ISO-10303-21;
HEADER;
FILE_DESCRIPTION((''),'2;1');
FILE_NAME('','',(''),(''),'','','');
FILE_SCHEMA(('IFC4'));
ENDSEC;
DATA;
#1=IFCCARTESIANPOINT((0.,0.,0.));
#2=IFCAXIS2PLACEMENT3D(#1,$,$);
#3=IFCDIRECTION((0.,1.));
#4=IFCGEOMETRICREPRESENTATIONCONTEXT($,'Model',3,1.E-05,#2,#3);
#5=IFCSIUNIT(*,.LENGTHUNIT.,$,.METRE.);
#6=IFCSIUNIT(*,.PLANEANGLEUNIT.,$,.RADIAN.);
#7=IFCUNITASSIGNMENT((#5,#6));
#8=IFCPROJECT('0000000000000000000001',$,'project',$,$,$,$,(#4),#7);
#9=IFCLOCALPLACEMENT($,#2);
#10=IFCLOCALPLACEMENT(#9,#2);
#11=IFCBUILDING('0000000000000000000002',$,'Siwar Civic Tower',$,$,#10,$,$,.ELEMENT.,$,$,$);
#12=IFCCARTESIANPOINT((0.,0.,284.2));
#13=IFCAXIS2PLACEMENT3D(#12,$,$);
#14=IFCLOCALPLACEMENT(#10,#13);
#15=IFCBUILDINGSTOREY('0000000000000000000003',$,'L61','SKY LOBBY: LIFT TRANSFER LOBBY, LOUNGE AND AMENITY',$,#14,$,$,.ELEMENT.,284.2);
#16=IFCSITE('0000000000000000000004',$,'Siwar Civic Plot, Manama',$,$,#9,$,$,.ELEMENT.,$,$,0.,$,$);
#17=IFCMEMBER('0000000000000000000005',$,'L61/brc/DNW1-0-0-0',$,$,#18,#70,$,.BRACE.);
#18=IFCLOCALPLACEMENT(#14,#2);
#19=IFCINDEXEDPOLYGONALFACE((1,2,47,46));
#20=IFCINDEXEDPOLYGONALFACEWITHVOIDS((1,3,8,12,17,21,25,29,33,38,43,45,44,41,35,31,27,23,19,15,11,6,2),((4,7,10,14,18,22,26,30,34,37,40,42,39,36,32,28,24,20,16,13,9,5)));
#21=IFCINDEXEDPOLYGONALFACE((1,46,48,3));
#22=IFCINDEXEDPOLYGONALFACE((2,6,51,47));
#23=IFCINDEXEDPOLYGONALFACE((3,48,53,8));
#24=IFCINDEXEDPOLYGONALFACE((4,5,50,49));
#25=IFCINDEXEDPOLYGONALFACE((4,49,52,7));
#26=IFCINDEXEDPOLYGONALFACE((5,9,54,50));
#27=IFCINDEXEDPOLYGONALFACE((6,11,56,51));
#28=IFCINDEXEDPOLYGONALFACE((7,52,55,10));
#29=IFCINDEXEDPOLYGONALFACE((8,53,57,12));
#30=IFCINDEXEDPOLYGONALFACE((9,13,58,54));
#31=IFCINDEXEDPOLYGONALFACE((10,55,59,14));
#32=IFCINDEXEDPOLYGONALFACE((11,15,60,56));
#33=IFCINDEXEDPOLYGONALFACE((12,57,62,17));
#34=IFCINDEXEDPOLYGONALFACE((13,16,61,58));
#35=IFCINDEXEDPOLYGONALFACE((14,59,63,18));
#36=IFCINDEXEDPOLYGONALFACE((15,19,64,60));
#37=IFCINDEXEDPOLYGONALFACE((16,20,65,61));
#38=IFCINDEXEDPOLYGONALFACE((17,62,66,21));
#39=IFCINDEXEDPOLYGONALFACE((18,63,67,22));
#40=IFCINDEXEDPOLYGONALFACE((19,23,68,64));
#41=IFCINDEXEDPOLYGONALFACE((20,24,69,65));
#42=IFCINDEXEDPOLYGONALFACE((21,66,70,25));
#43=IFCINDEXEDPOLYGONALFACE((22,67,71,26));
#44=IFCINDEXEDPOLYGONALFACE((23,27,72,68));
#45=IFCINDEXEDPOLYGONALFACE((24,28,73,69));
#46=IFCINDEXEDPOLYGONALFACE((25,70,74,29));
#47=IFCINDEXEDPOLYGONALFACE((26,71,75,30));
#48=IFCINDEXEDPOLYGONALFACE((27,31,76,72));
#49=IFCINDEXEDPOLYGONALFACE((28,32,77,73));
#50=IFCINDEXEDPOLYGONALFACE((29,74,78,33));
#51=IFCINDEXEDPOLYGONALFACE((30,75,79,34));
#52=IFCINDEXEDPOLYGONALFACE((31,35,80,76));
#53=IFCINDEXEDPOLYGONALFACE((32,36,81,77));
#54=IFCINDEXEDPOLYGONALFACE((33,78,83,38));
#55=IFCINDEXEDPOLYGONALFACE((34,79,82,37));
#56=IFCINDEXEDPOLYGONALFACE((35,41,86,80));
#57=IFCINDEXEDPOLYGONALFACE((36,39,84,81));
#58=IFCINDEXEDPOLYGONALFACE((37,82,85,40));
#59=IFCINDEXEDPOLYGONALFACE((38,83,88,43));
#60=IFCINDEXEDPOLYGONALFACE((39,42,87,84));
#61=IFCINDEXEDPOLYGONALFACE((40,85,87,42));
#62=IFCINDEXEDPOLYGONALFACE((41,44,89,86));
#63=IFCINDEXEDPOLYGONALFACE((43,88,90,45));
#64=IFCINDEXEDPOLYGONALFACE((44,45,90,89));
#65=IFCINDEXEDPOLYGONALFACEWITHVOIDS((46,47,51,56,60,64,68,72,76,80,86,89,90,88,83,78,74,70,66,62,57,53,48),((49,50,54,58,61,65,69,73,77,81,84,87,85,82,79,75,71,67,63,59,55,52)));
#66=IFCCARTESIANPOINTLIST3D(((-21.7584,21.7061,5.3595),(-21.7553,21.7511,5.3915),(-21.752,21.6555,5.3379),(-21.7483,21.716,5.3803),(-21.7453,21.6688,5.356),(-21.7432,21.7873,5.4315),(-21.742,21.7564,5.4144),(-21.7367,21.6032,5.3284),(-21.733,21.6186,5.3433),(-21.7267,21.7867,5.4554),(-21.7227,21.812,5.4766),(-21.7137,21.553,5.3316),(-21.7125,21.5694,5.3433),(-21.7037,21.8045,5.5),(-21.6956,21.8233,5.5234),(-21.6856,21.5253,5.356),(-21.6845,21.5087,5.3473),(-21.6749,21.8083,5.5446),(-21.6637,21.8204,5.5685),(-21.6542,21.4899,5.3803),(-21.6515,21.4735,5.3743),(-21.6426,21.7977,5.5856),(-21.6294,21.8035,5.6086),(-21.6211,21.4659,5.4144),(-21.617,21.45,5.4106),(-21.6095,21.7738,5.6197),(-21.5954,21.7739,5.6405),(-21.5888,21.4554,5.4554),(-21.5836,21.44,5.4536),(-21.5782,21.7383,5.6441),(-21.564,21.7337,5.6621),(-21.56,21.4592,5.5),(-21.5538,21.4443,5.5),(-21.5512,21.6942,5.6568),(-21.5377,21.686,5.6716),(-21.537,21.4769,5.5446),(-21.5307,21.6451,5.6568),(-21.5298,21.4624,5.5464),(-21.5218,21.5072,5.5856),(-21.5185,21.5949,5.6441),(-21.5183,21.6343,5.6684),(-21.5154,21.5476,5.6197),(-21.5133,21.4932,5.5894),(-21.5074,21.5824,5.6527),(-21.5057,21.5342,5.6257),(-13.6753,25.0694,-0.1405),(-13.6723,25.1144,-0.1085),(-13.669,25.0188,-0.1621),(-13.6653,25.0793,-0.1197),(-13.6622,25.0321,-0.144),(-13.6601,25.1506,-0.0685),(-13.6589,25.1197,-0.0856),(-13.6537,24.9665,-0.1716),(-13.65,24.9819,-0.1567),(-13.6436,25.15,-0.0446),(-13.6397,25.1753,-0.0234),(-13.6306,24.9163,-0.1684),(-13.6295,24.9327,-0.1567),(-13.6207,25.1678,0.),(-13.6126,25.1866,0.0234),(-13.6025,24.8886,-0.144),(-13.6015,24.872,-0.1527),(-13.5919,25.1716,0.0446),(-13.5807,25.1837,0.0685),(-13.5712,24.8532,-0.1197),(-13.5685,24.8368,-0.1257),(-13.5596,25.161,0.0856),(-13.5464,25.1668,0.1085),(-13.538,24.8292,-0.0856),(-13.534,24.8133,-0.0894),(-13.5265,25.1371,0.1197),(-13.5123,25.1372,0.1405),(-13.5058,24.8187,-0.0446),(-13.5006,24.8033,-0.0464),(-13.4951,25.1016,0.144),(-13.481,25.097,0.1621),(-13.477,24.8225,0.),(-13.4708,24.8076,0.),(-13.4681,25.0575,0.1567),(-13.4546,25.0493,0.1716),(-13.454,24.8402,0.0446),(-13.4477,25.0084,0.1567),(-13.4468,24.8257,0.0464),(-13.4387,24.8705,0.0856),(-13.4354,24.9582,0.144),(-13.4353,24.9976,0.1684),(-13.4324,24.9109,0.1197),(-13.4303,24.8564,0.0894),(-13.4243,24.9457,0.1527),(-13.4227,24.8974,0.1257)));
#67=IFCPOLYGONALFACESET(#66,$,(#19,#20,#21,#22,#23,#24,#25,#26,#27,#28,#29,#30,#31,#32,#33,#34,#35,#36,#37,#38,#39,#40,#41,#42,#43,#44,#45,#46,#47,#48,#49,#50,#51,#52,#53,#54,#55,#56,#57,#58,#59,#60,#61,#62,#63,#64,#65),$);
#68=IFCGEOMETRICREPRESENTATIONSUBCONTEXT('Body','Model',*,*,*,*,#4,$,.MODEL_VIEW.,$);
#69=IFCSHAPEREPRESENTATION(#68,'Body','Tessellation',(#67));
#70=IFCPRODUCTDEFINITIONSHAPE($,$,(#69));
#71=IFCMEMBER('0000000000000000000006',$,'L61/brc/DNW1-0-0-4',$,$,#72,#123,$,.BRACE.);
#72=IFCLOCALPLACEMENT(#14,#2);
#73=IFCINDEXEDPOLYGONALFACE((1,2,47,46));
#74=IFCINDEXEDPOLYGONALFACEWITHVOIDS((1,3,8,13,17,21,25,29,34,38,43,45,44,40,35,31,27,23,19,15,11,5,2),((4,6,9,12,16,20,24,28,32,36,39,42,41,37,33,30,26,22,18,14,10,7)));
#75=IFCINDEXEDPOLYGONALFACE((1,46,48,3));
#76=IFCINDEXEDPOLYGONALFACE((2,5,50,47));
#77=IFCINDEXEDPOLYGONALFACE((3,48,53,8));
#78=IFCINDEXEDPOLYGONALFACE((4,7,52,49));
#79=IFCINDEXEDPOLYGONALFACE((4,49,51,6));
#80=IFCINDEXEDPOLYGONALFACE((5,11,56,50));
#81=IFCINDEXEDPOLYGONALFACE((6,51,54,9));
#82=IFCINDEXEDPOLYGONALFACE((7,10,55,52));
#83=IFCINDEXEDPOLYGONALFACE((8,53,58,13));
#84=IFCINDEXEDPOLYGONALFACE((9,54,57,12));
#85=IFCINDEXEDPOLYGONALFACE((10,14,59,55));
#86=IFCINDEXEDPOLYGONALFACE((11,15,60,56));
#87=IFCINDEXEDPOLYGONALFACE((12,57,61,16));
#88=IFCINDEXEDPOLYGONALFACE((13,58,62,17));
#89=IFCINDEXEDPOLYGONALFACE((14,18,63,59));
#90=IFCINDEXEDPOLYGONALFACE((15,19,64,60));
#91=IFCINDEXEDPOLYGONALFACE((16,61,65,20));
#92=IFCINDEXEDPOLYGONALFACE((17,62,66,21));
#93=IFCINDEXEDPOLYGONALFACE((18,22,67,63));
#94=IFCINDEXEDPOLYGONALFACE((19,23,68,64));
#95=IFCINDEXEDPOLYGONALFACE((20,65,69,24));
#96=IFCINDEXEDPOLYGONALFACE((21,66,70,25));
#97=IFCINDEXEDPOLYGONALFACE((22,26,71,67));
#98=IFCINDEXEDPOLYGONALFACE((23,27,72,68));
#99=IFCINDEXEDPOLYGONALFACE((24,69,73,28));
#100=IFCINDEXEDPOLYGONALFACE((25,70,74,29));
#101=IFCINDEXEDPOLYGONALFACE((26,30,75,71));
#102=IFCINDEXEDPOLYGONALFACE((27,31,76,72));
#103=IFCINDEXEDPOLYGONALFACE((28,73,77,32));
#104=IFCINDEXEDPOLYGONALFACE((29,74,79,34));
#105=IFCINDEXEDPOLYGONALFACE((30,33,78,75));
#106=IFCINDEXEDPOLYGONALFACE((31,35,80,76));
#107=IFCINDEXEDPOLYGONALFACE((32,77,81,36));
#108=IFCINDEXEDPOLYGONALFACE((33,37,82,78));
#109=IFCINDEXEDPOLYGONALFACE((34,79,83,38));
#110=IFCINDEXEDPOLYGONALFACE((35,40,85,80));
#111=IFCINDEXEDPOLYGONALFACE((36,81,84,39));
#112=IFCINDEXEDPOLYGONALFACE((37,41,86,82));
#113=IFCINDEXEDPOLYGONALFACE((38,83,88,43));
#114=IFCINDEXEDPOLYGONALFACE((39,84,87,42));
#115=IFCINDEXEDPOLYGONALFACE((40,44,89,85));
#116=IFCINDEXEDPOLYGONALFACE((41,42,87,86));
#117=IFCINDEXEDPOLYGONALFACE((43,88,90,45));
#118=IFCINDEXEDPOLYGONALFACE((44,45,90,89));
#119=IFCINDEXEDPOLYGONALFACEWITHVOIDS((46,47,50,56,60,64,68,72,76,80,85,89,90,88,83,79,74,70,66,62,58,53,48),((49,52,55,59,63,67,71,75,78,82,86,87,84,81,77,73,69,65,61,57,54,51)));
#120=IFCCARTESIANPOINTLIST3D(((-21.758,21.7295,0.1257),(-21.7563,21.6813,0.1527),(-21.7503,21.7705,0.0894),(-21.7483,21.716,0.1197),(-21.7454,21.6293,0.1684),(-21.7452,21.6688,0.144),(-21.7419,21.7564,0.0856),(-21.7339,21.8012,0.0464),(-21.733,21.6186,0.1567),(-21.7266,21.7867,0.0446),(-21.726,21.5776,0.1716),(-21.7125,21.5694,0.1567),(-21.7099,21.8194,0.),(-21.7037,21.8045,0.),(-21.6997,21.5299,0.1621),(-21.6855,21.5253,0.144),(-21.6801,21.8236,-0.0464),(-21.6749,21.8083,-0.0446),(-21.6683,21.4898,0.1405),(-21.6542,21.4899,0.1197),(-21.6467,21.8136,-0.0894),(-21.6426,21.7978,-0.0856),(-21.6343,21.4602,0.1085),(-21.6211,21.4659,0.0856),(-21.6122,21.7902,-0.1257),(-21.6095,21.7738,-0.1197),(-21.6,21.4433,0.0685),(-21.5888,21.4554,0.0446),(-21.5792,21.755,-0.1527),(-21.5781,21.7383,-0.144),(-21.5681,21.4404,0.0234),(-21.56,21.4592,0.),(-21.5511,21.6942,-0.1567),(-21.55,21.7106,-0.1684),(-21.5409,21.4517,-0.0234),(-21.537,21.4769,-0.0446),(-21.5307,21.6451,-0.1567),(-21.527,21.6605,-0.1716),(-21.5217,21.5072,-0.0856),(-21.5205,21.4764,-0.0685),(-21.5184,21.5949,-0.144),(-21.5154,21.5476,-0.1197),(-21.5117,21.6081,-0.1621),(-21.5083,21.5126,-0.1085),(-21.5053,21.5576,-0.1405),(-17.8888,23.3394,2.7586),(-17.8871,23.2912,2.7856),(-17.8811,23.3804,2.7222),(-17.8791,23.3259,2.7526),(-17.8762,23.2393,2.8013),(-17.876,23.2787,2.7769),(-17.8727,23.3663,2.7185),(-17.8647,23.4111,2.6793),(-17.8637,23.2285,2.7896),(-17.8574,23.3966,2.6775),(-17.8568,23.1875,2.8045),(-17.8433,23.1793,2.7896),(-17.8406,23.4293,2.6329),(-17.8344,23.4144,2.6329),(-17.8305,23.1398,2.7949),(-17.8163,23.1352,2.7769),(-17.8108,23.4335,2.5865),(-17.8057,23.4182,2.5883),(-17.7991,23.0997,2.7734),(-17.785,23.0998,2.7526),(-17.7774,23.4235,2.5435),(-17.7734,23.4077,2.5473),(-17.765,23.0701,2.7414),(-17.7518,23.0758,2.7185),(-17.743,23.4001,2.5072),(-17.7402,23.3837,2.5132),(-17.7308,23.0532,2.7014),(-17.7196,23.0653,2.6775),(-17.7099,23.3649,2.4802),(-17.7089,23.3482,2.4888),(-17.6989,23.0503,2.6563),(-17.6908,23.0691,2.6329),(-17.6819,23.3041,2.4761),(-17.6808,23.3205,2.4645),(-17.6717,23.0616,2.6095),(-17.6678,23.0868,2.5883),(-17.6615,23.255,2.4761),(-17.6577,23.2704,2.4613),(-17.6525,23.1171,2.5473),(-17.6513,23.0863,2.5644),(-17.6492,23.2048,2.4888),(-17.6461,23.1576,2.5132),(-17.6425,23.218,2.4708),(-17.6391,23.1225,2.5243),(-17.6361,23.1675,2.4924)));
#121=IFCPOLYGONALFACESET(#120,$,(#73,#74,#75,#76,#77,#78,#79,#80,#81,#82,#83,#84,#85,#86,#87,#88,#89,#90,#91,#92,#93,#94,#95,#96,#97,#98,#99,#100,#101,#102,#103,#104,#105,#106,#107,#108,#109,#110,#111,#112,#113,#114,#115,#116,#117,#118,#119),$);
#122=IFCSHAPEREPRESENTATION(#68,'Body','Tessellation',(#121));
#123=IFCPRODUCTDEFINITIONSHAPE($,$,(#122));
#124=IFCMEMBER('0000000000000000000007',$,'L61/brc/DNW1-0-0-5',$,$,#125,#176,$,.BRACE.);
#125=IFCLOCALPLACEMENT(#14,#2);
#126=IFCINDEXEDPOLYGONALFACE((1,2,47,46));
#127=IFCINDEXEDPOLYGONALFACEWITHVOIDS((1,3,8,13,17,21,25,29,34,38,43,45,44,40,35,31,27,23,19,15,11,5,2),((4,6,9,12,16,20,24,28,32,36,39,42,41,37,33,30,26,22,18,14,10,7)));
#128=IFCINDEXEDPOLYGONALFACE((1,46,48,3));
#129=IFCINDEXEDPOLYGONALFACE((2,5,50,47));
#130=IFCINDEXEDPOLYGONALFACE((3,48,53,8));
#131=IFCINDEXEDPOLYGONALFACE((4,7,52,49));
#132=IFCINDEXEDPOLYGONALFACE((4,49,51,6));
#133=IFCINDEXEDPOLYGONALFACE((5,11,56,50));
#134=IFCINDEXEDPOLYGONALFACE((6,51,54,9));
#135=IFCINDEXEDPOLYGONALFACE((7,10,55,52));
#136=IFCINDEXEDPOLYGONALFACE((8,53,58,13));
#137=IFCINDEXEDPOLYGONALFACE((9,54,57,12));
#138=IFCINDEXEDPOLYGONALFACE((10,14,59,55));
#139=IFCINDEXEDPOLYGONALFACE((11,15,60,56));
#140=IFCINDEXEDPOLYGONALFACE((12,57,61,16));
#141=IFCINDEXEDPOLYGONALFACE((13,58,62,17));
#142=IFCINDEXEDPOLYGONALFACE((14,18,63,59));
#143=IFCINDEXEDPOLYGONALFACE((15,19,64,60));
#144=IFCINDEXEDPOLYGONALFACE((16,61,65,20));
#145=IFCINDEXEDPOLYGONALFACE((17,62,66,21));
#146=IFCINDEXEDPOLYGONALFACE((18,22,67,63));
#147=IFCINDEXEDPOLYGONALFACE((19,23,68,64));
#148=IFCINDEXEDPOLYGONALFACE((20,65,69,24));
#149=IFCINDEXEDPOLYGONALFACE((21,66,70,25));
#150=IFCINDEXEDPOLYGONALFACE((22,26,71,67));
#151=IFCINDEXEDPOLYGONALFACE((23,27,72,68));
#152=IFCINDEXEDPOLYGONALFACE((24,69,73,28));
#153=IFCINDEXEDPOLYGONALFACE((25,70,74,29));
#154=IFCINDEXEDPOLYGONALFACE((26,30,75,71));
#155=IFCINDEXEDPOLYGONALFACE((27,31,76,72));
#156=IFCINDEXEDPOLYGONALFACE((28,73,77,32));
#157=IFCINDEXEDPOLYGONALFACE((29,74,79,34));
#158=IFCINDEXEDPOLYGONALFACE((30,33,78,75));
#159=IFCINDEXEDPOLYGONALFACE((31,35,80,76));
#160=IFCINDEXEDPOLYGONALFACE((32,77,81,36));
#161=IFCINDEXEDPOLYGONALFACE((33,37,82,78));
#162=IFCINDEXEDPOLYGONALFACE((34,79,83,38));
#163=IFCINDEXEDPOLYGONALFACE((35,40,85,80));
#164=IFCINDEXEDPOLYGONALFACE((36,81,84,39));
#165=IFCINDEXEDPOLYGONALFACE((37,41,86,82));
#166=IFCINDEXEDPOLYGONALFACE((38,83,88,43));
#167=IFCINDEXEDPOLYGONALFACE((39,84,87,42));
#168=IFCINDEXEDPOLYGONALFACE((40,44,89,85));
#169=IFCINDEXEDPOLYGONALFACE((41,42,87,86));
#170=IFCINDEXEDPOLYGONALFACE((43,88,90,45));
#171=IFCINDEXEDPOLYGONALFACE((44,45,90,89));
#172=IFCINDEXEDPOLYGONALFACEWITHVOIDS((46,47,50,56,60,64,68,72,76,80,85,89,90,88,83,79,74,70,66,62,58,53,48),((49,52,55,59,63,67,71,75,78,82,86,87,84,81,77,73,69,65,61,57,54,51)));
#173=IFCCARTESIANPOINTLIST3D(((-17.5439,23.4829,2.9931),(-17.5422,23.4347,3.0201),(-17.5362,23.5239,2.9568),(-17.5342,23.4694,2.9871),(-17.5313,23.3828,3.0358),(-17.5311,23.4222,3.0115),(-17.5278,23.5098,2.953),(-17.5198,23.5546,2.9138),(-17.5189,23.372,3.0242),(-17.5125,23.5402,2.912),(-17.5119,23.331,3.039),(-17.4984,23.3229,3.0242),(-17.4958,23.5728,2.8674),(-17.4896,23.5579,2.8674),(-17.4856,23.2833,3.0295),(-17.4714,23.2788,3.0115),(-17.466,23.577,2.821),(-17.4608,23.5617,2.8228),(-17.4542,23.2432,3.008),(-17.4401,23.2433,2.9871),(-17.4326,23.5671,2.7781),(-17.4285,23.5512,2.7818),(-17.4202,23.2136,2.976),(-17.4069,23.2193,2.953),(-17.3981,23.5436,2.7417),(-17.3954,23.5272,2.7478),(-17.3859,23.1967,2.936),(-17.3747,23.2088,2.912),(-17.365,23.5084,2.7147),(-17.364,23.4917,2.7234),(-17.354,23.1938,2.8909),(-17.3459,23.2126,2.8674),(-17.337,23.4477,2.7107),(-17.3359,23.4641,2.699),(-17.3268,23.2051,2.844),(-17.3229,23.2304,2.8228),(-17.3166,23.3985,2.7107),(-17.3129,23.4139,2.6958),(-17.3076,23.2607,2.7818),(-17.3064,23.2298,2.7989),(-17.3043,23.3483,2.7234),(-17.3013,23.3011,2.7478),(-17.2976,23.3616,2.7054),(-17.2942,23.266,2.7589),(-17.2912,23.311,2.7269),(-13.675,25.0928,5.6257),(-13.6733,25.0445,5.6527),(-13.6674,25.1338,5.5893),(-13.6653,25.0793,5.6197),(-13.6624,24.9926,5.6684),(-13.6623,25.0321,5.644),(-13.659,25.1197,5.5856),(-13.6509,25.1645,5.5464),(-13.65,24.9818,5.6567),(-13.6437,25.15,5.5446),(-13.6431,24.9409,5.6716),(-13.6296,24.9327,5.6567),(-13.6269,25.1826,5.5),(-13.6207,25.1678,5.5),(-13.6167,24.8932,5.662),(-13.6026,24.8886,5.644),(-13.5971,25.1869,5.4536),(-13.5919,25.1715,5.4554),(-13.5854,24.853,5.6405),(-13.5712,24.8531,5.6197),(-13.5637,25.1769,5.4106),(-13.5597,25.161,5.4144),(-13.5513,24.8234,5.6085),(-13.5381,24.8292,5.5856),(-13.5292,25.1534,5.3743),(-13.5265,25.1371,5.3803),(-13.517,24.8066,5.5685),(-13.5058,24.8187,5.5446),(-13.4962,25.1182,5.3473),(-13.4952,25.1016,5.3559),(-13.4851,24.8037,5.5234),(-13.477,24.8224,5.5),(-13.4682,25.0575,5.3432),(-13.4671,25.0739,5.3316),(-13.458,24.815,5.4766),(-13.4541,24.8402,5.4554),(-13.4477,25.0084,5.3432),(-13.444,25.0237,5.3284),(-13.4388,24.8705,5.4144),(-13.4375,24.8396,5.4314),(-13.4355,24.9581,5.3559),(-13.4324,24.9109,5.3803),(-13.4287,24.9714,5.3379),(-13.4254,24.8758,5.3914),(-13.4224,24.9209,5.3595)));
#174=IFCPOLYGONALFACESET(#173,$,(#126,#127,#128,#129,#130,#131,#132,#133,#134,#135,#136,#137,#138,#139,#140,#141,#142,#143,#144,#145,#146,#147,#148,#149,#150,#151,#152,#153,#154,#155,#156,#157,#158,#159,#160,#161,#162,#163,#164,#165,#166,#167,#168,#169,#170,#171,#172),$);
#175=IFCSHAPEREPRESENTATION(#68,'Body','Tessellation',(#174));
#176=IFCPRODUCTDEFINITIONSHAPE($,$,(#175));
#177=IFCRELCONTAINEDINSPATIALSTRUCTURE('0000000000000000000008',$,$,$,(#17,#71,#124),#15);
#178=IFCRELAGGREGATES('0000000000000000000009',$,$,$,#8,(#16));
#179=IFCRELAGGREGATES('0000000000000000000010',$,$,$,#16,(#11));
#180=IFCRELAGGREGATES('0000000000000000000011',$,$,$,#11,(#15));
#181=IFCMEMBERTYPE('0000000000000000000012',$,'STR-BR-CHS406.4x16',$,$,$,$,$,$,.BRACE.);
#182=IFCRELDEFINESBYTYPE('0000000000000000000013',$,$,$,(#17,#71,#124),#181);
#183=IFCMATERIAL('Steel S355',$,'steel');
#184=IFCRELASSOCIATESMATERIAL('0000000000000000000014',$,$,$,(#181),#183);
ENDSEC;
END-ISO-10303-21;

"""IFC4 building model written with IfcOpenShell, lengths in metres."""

from ifc_helpers import new_model, si_unit, direction, frame, origin, origin_2d, place, context, subcontext, project, spatial, hollow_circle, extrude, material, material_profile, profile_set, type_object, element, save


model = new_model("IFC4")

# Units and contexts
model_context = context("Model", 3, precision=1e-05, world=origin(), true_north=direction((0.0, 1.0)))
body_context = subcontext(model_context, "Body", "Model", "MODEL_VIEW")
ifc_project = project(units=[si_unit("LENGTHUNIT", "METRE"), si_unit("PLANEANGLEUNIT", "RADIAN")], contexts=[model_context])

# Site, building, storey
site_placement = place(None, origin())
site = spatial("IfcSite", under=ifc_project, at=site_placement, Name="Siwar Civic Plot, Manama", CompositionType="ELEMENT", RefElevation=0.0)
building_placement = place(site_placement, origin())
building = spatial("IfcBuilding", under=site, at=building_placement, Name="Siwar Civic Tower", CompositionType="ELEMENT")
storey_placement = place(building_placement, frame((0.0, 0.0, 284.2)))
storey = spatial("IfcBuildingStorey", under=building, at=storey_placement, Name="L61", Description="SKY LOBBY: LIFT TRANSFER LOBBY, LOUNGE AND AMENITY", CompositionType="ELEMENT", Elevation=284.2)

# Members
ifc_material_1 = material(Name="Steel S355", Category="steel")
ifc_material_profile_1 = material_profile(ifc_material_1, hollow_circle(Radius=0.2031, WallThickness=0.0161, at=origin_2d()), Name="CHS406.4x16")
ifc_profile_set_1 = profile_set([ifc_material_profile_1], Name="Steel S355")
member_type_1 = type_object("IfcMemberType", Name="STR-BR-CHS406.4x16", PredefinedType="BRACE", material=ifc_profile_set_1)
member_1_placement = place(storey_placement, frame((-13.5488, 24.9951, 0.0), z_axis=(-0.781791, -0.325298, 0.531962), x_axis=(0.384164, -0.923265, 0.0)))
element("IfcMember", 1, at=member_1_placement, inside=storey, type_object=member_type_1, Name="L61/brc/DNW1-0-0-0", PredefinedType="BRACE", context=body_context, shape_type="SweptSolid", body=[
    extrude(hollow_circle(Radius=0.2031, WallThickness=0.0161, at=origin_2d()), origin(), (0.0, 0.0, 1.0), 10.3391),
])
member_2_placement = place(storey_placement, frame((-21.6318, 21.6318, 0.0), z_axis=(0.781786, 0.325284, 0.531978), x_axis=(-0.384152, 0.92327, 0.0)))
element("IfcMember", 2, at=member_2_placement, inside=storey, type_object=member_type_1, Name="L61/brc/DNW1-0-0-4", PredefinedType="BRACE", context=body_context, shape_type="SweptSolid", body=[
    extrude(hollow_circle(Radius=0.2031, WallThickness=0.0161, at=origin_2d()), origin(), (0.0, 0.0, 1.0), 4.9492),
])
member_3_placement = place(storey_placement, frame((-17.4177, 23.3853, 2.8674), z_axis=(0.781788, 0.325305, 0.531963), x_axis=(-0.384173, 0.923261, 0.0)))
element("IfcMember", 3, at=member_3_placement, inside=storey, type_object=member_type_1, Name="L61/brc/DNW1-0-0-5", PredefinedType="BRACE", context=body_context, shape_type="SweptSolid", body=[
    extrude(hollow_circle(Radius=0.2031, WallThickness=0.0161, at=origin_2d()), origin(), (0.0, 0.0, 1.0), 4.9487),
])

save(model, "model.ifc")
